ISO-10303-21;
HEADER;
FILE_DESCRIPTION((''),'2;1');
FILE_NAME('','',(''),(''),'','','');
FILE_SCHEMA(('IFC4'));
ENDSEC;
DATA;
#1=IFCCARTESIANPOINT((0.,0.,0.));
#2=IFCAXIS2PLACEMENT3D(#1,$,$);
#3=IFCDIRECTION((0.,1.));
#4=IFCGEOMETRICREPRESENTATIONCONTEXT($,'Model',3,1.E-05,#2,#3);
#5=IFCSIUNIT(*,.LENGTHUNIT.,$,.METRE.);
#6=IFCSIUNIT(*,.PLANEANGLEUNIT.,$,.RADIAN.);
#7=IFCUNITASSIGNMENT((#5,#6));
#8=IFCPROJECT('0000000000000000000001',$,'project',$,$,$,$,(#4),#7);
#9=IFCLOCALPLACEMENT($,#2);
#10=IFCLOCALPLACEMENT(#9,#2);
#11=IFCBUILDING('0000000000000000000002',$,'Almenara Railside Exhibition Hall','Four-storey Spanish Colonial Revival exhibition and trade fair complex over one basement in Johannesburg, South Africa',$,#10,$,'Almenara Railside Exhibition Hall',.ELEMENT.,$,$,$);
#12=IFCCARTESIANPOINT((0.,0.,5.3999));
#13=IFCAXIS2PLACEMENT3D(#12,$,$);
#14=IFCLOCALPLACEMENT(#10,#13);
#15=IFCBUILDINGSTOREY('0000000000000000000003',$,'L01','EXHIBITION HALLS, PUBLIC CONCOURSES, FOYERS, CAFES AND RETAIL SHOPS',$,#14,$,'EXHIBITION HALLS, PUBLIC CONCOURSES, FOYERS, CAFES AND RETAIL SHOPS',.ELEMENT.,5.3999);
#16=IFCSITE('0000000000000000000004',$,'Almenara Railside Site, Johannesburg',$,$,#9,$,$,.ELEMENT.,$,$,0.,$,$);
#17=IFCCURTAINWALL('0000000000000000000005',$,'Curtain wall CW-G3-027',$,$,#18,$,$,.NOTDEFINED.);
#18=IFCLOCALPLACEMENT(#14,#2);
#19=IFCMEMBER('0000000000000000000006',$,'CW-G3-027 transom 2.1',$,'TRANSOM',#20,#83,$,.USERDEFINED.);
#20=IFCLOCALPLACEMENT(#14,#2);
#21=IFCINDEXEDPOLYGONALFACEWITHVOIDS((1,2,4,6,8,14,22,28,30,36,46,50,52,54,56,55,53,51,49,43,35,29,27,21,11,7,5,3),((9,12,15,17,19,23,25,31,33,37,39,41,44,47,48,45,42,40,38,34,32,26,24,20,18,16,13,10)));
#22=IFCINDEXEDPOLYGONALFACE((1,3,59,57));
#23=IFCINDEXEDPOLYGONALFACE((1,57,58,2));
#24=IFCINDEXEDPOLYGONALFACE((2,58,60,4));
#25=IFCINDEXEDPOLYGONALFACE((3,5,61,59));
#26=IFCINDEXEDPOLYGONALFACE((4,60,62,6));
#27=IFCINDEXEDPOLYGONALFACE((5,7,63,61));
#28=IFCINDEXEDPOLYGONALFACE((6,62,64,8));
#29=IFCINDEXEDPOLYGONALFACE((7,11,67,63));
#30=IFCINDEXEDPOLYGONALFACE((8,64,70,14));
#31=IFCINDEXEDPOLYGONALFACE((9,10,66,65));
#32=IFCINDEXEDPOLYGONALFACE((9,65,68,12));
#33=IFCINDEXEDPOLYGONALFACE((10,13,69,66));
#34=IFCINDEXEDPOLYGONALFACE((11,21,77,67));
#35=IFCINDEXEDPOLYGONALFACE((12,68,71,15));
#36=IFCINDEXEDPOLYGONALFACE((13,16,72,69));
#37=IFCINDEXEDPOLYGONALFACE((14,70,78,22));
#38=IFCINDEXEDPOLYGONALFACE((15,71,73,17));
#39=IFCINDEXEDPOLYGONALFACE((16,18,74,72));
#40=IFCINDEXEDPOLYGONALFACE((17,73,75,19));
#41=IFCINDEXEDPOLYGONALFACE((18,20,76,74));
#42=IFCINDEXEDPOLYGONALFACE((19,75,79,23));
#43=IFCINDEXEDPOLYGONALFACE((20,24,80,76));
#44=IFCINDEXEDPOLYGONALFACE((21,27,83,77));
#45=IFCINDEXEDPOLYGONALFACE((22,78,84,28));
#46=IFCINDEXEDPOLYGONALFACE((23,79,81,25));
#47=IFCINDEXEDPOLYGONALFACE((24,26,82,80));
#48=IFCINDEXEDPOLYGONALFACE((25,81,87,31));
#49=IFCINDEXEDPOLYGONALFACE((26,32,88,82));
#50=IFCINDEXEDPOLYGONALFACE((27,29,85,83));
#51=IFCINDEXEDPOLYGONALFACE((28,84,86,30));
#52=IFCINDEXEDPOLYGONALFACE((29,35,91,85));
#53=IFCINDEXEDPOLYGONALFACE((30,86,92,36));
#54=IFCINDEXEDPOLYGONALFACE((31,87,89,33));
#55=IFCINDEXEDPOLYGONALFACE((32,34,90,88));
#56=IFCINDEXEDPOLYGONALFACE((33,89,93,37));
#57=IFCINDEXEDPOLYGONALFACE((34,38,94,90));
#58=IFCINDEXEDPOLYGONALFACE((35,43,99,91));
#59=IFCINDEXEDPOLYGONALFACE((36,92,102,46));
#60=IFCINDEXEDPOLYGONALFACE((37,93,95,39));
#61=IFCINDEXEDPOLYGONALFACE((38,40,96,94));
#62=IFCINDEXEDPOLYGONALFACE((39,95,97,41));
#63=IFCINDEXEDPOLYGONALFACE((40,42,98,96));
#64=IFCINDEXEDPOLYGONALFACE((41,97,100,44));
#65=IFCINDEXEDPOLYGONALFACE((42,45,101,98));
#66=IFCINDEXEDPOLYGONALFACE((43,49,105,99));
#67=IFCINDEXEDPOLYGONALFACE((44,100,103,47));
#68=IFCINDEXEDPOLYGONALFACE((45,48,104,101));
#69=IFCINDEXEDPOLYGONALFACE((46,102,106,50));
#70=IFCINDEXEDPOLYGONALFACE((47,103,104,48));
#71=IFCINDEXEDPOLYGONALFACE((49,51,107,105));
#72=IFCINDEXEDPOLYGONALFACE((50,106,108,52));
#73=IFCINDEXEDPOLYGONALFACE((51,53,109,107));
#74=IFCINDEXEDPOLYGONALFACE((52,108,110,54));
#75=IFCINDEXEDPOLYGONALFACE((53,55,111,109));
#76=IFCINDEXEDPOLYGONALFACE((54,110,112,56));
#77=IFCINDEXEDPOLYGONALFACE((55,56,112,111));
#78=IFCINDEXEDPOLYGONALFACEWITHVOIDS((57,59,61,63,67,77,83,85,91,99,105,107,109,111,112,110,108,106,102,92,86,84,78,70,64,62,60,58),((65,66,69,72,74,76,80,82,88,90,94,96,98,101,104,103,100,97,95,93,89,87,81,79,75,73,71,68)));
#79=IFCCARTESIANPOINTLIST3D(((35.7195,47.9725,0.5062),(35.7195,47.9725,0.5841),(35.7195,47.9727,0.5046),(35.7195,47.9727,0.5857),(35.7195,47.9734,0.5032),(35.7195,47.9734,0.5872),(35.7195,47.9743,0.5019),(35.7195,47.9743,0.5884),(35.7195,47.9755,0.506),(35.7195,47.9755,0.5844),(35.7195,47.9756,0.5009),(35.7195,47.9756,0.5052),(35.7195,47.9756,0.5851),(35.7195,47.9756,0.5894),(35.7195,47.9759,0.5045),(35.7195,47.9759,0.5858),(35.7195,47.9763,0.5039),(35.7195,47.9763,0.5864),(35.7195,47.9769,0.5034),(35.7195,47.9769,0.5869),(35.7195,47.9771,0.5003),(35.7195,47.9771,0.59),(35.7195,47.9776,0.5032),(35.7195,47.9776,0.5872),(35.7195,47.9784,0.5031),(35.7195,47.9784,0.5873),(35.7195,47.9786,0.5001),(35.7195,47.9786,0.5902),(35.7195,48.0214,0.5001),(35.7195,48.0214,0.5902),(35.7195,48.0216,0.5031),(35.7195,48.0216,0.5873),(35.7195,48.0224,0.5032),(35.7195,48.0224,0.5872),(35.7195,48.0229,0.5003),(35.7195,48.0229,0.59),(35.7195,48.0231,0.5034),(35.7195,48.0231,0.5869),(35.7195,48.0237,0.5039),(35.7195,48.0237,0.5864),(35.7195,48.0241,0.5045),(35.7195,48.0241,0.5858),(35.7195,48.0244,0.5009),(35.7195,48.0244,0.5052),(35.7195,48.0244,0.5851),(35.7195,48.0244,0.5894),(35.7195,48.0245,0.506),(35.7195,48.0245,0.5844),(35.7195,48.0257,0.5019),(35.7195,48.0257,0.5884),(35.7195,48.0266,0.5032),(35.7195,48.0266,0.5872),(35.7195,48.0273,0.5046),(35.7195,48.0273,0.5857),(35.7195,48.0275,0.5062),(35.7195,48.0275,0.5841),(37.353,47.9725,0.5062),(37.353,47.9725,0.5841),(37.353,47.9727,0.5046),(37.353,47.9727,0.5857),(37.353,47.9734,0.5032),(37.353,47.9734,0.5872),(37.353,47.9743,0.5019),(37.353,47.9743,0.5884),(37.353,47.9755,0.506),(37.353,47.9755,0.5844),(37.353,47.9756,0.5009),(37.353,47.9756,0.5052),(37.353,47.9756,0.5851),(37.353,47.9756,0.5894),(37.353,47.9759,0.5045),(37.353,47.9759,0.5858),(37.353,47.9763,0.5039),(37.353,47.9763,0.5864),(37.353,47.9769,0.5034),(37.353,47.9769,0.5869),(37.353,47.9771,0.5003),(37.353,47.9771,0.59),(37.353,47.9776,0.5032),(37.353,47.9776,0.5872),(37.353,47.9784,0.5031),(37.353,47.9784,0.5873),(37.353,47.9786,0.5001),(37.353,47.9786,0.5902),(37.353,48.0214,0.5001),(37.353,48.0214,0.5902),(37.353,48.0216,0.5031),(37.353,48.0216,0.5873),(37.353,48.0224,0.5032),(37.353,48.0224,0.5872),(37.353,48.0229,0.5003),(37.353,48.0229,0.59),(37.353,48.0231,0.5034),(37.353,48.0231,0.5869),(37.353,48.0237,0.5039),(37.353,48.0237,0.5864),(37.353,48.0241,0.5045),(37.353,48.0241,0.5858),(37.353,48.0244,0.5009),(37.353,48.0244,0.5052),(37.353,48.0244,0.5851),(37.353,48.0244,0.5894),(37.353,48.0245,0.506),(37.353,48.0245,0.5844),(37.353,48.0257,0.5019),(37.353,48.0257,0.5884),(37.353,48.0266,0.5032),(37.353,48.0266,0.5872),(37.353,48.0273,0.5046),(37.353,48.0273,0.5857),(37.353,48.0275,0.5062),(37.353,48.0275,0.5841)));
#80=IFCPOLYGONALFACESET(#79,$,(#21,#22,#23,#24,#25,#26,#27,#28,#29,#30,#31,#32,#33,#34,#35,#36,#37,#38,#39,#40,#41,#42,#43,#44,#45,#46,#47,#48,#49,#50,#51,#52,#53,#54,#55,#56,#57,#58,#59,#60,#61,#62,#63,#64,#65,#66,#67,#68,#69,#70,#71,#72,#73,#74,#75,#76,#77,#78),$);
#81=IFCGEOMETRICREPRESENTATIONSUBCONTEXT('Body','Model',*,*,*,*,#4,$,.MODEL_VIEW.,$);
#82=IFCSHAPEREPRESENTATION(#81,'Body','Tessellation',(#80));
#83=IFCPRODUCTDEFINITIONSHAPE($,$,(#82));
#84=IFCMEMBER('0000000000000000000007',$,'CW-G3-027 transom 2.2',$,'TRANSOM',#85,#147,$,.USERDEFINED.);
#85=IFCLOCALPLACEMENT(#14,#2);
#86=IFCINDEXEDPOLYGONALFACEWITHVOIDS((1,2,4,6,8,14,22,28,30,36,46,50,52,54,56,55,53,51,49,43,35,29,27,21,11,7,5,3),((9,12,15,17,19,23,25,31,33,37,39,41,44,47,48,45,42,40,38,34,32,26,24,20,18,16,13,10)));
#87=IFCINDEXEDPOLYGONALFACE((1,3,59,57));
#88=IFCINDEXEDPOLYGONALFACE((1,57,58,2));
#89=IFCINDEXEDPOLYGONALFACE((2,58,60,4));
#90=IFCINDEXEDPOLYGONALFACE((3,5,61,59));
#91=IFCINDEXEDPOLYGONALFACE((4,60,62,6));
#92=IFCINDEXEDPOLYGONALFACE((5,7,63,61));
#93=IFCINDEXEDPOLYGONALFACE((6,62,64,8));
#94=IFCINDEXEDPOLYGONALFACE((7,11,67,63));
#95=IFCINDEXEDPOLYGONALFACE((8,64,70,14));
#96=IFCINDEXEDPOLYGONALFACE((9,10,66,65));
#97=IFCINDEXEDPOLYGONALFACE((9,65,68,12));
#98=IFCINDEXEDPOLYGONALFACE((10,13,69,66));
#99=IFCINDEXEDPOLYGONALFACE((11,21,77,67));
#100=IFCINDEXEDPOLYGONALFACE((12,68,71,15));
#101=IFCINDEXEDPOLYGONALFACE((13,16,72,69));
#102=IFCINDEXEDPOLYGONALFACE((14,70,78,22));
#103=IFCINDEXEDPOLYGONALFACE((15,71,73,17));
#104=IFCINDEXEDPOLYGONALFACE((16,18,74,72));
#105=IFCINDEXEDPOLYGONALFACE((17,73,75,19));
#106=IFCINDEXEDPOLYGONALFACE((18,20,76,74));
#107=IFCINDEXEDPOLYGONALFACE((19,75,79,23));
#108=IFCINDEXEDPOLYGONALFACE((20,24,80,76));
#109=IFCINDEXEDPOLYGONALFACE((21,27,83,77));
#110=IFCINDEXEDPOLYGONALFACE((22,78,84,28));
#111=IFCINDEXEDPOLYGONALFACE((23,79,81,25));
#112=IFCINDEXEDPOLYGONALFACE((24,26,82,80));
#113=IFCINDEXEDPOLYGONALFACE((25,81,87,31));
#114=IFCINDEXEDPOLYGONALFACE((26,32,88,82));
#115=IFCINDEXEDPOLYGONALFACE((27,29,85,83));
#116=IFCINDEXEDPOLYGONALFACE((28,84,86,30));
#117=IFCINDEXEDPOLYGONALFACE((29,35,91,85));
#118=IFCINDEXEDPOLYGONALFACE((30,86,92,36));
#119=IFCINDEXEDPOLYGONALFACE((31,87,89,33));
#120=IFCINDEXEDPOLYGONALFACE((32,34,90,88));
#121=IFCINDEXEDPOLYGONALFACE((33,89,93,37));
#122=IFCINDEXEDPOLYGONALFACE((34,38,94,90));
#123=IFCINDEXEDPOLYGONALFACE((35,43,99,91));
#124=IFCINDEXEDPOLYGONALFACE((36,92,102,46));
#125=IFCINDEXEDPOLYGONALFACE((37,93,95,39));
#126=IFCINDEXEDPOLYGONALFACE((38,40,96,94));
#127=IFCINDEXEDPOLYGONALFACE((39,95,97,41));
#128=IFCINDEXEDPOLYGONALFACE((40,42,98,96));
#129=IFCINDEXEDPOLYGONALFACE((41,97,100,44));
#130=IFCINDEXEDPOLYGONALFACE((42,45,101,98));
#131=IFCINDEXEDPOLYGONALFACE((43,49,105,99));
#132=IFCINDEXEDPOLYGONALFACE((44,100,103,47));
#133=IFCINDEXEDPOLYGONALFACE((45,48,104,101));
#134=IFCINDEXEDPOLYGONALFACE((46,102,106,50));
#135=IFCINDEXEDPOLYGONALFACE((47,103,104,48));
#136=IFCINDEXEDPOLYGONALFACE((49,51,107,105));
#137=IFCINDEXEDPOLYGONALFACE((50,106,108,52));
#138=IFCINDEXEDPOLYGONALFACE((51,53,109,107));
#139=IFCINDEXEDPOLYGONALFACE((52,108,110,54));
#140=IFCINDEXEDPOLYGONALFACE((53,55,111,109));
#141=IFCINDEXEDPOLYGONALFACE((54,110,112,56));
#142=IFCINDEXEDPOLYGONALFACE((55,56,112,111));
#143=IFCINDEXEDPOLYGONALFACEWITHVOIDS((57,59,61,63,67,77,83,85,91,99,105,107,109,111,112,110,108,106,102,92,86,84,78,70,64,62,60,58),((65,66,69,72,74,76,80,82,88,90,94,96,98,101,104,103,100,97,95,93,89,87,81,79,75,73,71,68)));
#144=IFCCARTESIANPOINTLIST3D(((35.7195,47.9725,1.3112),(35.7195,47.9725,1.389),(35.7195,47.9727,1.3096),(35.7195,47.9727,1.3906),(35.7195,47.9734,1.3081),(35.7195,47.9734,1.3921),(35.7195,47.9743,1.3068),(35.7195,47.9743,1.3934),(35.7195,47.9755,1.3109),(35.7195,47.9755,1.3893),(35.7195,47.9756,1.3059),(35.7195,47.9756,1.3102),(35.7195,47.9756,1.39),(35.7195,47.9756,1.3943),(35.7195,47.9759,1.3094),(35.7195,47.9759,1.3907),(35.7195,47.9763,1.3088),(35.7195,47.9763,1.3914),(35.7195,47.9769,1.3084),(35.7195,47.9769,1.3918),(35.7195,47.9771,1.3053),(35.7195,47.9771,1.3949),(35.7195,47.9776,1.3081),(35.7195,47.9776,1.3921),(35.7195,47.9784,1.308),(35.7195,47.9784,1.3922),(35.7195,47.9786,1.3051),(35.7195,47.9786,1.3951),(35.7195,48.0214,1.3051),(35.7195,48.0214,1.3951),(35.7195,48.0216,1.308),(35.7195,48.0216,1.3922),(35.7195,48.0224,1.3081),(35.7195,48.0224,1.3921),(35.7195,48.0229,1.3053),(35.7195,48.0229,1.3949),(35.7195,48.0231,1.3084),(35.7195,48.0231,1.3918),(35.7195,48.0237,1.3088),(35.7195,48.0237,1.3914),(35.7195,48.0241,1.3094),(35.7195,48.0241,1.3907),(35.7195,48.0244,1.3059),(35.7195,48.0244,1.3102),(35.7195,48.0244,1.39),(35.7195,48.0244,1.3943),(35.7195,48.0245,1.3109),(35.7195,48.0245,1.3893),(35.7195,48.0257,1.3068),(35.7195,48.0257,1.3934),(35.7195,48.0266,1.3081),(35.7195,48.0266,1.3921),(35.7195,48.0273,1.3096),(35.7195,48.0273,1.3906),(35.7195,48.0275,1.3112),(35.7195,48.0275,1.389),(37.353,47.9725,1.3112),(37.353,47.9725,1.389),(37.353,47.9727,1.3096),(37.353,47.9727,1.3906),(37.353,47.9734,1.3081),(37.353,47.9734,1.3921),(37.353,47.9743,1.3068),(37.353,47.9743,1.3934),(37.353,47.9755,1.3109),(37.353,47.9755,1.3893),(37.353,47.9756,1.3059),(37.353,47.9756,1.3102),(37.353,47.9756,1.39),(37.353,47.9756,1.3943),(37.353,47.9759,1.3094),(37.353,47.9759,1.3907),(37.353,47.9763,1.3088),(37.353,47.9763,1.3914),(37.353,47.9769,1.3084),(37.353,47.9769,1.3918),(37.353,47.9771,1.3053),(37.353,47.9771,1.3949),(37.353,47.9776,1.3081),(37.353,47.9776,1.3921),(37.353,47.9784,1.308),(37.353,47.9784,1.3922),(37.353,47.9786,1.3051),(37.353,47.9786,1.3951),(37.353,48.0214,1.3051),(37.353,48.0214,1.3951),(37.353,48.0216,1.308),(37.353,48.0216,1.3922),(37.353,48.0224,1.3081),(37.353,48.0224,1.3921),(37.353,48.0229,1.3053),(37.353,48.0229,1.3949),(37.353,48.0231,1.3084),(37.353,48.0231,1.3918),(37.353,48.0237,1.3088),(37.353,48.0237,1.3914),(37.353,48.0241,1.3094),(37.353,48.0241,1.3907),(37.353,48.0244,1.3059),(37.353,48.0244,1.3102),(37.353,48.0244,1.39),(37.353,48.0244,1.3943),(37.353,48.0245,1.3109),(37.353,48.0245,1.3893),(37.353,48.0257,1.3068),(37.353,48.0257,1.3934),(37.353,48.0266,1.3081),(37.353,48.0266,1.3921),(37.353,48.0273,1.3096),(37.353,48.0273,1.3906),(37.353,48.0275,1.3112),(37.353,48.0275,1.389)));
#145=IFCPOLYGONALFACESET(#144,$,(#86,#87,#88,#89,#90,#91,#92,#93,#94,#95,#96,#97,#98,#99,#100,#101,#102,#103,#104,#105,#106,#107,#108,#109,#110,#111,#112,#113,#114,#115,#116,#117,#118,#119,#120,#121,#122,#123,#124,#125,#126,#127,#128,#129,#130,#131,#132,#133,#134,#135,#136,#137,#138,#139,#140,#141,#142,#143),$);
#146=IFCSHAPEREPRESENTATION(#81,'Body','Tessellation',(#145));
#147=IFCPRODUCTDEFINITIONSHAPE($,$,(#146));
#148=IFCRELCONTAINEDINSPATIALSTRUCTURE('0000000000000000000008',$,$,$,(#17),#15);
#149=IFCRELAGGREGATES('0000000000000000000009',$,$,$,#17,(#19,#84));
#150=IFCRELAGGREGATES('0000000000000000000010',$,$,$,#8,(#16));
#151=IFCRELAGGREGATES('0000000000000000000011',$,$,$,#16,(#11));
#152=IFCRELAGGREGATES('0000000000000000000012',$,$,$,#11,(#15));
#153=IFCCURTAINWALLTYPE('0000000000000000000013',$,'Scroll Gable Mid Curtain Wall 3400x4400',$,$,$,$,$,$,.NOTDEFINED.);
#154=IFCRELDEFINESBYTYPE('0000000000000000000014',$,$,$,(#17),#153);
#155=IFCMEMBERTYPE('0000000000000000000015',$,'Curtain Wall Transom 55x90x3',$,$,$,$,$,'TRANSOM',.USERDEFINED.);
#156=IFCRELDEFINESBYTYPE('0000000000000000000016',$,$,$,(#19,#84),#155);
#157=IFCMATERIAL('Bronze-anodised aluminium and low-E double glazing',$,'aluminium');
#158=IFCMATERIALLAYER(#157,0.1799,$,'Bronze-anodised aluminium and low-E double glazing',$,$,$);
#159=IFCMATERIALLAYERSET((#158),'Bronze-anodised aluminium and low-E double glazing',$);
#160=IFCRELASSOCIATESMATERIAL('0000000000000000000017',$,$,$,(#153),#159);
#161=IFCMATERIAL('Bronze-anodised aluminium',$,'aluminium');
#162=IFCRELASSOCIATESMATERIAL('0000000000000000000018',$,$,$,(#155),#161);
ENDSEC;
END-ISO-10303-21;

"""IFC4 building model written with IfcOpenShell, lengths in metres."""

from ifc_helpers import new_model, si_unit, direction, frame, origin, origin_2d, place, context, subcontext, project, spatial, hollow_rectangle, extrude, material, layer, layer_set, material_profile, profile_set, type_object, element, aggregate, save


model = new_model("IFC4")

# Units and contexts
model_context = context("Model", 3, precision=1e-05, world=origin(), true_north=direction((0.0, 1.0)))
body_context = subcontext(model_context, "Body", "Model", "MODEL_VIEW")
ifc_project = project(units=[si_unit("LENGTHUNIT", "METRE"), si_unit("PLANEANGLEUNIT", "RADIAN")], contexts=[model_context])

# Site, building, storey
site_placement = place(None, origin())
site = spatial("IfcSite", under=ifc_project, at=site_placement, Name="Almenara Railside Site, Johannesburg", CompositionType="ELEMENT", RefElevation=0.0)
building_placement = place(site_placement, origin())
building = spatial("IfcBuilding", under=site, at=building_placement, Name="Almenara Railside Exhibition Hall", Description="Four-storey Spanish Colonial Revival exhibition and trade fair complex over one basement in Johannesburg, South Africa", LongName="Almenara Railside Exhibition Hall", CompositionType="ELEMENT")
storey_placement = place(building_placement, frame((0.0, 0.0, 5.3999)))
storey = spatial("IfcBuildingStorey", under=building, at=storey_placement, Name="L01", Description="EXHIBITION HALLS, PUBLIC CONCOURSES, FOYERS, CAFES AND RETAIL SHOPS", LongName="EXHIBITION HALLS, PUBLIC CONCOURSES, FOYERS, CAFES AND RETAIL SHOPS", CompositionType="ELEMENT", Elevation=5.3999)

# Curtain wall
ifc_material_1 = material(Name="Bronze-anodised aluminium and low-E double glazing", Category="aluminium")
ifc_layer_1 = layer(ifc_material_1, 0.1799, Name="Bronze-anodised aluminium and low-E double glazing")
ifc_layer_set_1 = layer_set([ifc_layer_1], Name="Bronze-anodised aluminium and low-E double glazing")
curtain_wall_type_1 = type_object("IfcCurtainWallType", Name="Scroll Gable Mid Curtain Wall 3400x4400", PredefinedType="NOTDEFINED", material=ifc_layer_set_1)
curtain_wall_1_placement = place(storey_placement, origin())
curtain_wall_1 = element("IfcCurtainWall", 1, at=curtain_wall_1_placement, inside=storey, type_object=curtain_wall_type_1, Name="Curtain wall CW-G3-027", PredefinedType="NOTDEFINED")
ifc_material_2 = material(Name="Bronze-anodised aluminium", Category="aluminium")

# Members
ifc_material_profile_1 = material_profile(ifc_material_2, hollow_rectangle(XDim=0.0549, YDim=0.0901, WallThickness=0.0029, InnerFilletRadius=0.0029, OuterFilletRadius=0.0061, at=origin_2d()), Name="ALU-TRN 55x90x3")
ifc_profile_set_1 = profile_set([ifc_material_profile_1], Name="Bronze-anodised aluminium")
member_type_1 = type_object("IfcMemberType", Name="Curtain Wall Transom 55x90x3", ElementType="TRANSOM", PredefinedType="USERDEFINED", material=ifc_profile_set_1)
member_1_placement = place(storey_placement, frame((35.7195, 48.0, 0.5452), z_axis=(1.0, 0.0, 0.0), x_axis=(0.0, 1.0, 0.0)))
member_1 = element("IfcMember", 2, at=member_1_placement, type_object=member_type_1, Name="CW-G3-027 transom 2.1", ObjectType="TRANSOM", PredefinedType="USERDEFINED", context=body_context, shape_type="SweptSolid", body=[
    extrude(hollow_rectangle(XDim=0.0549, YDim=0.0901, WallThickness=0.0029, InnerFilletRadius=0.0029, OuterFilletRadius=0.0061, at=origin_2d()), origin(), (0.0, 0.0, 1.0), 1.6335),
])
member_2_placement = place(storey_placement, frame((35.7195, 48.0, 1.3501), z_axis=(1.0, 0.0, 0.0), x_axis=(0.0, 1.0, 0.0)))
member_2 = element("IfcMember", 3, at=member_2_placement, type_object=member_type_1, Name="CW-G3-027 transom 2.2", ObjectType="TRANSOM", PredefinedType="USERDEFINED", context=body_context, shape_type="SweptSolid", body=[
    extrude(hollow_rectangle(XDim=0.0549, YDim=0.0901, WallThickness=0.0029, InnerFilletRadius=0.0029, OuterFilletRadius=0.0061, at=origin_2d()), origin(), (0.0, 0.0, 1.0), 1.6335),
])

aggregate(curtain_wall_1, [member_1, member_2])

save(model, "model.ifc")
